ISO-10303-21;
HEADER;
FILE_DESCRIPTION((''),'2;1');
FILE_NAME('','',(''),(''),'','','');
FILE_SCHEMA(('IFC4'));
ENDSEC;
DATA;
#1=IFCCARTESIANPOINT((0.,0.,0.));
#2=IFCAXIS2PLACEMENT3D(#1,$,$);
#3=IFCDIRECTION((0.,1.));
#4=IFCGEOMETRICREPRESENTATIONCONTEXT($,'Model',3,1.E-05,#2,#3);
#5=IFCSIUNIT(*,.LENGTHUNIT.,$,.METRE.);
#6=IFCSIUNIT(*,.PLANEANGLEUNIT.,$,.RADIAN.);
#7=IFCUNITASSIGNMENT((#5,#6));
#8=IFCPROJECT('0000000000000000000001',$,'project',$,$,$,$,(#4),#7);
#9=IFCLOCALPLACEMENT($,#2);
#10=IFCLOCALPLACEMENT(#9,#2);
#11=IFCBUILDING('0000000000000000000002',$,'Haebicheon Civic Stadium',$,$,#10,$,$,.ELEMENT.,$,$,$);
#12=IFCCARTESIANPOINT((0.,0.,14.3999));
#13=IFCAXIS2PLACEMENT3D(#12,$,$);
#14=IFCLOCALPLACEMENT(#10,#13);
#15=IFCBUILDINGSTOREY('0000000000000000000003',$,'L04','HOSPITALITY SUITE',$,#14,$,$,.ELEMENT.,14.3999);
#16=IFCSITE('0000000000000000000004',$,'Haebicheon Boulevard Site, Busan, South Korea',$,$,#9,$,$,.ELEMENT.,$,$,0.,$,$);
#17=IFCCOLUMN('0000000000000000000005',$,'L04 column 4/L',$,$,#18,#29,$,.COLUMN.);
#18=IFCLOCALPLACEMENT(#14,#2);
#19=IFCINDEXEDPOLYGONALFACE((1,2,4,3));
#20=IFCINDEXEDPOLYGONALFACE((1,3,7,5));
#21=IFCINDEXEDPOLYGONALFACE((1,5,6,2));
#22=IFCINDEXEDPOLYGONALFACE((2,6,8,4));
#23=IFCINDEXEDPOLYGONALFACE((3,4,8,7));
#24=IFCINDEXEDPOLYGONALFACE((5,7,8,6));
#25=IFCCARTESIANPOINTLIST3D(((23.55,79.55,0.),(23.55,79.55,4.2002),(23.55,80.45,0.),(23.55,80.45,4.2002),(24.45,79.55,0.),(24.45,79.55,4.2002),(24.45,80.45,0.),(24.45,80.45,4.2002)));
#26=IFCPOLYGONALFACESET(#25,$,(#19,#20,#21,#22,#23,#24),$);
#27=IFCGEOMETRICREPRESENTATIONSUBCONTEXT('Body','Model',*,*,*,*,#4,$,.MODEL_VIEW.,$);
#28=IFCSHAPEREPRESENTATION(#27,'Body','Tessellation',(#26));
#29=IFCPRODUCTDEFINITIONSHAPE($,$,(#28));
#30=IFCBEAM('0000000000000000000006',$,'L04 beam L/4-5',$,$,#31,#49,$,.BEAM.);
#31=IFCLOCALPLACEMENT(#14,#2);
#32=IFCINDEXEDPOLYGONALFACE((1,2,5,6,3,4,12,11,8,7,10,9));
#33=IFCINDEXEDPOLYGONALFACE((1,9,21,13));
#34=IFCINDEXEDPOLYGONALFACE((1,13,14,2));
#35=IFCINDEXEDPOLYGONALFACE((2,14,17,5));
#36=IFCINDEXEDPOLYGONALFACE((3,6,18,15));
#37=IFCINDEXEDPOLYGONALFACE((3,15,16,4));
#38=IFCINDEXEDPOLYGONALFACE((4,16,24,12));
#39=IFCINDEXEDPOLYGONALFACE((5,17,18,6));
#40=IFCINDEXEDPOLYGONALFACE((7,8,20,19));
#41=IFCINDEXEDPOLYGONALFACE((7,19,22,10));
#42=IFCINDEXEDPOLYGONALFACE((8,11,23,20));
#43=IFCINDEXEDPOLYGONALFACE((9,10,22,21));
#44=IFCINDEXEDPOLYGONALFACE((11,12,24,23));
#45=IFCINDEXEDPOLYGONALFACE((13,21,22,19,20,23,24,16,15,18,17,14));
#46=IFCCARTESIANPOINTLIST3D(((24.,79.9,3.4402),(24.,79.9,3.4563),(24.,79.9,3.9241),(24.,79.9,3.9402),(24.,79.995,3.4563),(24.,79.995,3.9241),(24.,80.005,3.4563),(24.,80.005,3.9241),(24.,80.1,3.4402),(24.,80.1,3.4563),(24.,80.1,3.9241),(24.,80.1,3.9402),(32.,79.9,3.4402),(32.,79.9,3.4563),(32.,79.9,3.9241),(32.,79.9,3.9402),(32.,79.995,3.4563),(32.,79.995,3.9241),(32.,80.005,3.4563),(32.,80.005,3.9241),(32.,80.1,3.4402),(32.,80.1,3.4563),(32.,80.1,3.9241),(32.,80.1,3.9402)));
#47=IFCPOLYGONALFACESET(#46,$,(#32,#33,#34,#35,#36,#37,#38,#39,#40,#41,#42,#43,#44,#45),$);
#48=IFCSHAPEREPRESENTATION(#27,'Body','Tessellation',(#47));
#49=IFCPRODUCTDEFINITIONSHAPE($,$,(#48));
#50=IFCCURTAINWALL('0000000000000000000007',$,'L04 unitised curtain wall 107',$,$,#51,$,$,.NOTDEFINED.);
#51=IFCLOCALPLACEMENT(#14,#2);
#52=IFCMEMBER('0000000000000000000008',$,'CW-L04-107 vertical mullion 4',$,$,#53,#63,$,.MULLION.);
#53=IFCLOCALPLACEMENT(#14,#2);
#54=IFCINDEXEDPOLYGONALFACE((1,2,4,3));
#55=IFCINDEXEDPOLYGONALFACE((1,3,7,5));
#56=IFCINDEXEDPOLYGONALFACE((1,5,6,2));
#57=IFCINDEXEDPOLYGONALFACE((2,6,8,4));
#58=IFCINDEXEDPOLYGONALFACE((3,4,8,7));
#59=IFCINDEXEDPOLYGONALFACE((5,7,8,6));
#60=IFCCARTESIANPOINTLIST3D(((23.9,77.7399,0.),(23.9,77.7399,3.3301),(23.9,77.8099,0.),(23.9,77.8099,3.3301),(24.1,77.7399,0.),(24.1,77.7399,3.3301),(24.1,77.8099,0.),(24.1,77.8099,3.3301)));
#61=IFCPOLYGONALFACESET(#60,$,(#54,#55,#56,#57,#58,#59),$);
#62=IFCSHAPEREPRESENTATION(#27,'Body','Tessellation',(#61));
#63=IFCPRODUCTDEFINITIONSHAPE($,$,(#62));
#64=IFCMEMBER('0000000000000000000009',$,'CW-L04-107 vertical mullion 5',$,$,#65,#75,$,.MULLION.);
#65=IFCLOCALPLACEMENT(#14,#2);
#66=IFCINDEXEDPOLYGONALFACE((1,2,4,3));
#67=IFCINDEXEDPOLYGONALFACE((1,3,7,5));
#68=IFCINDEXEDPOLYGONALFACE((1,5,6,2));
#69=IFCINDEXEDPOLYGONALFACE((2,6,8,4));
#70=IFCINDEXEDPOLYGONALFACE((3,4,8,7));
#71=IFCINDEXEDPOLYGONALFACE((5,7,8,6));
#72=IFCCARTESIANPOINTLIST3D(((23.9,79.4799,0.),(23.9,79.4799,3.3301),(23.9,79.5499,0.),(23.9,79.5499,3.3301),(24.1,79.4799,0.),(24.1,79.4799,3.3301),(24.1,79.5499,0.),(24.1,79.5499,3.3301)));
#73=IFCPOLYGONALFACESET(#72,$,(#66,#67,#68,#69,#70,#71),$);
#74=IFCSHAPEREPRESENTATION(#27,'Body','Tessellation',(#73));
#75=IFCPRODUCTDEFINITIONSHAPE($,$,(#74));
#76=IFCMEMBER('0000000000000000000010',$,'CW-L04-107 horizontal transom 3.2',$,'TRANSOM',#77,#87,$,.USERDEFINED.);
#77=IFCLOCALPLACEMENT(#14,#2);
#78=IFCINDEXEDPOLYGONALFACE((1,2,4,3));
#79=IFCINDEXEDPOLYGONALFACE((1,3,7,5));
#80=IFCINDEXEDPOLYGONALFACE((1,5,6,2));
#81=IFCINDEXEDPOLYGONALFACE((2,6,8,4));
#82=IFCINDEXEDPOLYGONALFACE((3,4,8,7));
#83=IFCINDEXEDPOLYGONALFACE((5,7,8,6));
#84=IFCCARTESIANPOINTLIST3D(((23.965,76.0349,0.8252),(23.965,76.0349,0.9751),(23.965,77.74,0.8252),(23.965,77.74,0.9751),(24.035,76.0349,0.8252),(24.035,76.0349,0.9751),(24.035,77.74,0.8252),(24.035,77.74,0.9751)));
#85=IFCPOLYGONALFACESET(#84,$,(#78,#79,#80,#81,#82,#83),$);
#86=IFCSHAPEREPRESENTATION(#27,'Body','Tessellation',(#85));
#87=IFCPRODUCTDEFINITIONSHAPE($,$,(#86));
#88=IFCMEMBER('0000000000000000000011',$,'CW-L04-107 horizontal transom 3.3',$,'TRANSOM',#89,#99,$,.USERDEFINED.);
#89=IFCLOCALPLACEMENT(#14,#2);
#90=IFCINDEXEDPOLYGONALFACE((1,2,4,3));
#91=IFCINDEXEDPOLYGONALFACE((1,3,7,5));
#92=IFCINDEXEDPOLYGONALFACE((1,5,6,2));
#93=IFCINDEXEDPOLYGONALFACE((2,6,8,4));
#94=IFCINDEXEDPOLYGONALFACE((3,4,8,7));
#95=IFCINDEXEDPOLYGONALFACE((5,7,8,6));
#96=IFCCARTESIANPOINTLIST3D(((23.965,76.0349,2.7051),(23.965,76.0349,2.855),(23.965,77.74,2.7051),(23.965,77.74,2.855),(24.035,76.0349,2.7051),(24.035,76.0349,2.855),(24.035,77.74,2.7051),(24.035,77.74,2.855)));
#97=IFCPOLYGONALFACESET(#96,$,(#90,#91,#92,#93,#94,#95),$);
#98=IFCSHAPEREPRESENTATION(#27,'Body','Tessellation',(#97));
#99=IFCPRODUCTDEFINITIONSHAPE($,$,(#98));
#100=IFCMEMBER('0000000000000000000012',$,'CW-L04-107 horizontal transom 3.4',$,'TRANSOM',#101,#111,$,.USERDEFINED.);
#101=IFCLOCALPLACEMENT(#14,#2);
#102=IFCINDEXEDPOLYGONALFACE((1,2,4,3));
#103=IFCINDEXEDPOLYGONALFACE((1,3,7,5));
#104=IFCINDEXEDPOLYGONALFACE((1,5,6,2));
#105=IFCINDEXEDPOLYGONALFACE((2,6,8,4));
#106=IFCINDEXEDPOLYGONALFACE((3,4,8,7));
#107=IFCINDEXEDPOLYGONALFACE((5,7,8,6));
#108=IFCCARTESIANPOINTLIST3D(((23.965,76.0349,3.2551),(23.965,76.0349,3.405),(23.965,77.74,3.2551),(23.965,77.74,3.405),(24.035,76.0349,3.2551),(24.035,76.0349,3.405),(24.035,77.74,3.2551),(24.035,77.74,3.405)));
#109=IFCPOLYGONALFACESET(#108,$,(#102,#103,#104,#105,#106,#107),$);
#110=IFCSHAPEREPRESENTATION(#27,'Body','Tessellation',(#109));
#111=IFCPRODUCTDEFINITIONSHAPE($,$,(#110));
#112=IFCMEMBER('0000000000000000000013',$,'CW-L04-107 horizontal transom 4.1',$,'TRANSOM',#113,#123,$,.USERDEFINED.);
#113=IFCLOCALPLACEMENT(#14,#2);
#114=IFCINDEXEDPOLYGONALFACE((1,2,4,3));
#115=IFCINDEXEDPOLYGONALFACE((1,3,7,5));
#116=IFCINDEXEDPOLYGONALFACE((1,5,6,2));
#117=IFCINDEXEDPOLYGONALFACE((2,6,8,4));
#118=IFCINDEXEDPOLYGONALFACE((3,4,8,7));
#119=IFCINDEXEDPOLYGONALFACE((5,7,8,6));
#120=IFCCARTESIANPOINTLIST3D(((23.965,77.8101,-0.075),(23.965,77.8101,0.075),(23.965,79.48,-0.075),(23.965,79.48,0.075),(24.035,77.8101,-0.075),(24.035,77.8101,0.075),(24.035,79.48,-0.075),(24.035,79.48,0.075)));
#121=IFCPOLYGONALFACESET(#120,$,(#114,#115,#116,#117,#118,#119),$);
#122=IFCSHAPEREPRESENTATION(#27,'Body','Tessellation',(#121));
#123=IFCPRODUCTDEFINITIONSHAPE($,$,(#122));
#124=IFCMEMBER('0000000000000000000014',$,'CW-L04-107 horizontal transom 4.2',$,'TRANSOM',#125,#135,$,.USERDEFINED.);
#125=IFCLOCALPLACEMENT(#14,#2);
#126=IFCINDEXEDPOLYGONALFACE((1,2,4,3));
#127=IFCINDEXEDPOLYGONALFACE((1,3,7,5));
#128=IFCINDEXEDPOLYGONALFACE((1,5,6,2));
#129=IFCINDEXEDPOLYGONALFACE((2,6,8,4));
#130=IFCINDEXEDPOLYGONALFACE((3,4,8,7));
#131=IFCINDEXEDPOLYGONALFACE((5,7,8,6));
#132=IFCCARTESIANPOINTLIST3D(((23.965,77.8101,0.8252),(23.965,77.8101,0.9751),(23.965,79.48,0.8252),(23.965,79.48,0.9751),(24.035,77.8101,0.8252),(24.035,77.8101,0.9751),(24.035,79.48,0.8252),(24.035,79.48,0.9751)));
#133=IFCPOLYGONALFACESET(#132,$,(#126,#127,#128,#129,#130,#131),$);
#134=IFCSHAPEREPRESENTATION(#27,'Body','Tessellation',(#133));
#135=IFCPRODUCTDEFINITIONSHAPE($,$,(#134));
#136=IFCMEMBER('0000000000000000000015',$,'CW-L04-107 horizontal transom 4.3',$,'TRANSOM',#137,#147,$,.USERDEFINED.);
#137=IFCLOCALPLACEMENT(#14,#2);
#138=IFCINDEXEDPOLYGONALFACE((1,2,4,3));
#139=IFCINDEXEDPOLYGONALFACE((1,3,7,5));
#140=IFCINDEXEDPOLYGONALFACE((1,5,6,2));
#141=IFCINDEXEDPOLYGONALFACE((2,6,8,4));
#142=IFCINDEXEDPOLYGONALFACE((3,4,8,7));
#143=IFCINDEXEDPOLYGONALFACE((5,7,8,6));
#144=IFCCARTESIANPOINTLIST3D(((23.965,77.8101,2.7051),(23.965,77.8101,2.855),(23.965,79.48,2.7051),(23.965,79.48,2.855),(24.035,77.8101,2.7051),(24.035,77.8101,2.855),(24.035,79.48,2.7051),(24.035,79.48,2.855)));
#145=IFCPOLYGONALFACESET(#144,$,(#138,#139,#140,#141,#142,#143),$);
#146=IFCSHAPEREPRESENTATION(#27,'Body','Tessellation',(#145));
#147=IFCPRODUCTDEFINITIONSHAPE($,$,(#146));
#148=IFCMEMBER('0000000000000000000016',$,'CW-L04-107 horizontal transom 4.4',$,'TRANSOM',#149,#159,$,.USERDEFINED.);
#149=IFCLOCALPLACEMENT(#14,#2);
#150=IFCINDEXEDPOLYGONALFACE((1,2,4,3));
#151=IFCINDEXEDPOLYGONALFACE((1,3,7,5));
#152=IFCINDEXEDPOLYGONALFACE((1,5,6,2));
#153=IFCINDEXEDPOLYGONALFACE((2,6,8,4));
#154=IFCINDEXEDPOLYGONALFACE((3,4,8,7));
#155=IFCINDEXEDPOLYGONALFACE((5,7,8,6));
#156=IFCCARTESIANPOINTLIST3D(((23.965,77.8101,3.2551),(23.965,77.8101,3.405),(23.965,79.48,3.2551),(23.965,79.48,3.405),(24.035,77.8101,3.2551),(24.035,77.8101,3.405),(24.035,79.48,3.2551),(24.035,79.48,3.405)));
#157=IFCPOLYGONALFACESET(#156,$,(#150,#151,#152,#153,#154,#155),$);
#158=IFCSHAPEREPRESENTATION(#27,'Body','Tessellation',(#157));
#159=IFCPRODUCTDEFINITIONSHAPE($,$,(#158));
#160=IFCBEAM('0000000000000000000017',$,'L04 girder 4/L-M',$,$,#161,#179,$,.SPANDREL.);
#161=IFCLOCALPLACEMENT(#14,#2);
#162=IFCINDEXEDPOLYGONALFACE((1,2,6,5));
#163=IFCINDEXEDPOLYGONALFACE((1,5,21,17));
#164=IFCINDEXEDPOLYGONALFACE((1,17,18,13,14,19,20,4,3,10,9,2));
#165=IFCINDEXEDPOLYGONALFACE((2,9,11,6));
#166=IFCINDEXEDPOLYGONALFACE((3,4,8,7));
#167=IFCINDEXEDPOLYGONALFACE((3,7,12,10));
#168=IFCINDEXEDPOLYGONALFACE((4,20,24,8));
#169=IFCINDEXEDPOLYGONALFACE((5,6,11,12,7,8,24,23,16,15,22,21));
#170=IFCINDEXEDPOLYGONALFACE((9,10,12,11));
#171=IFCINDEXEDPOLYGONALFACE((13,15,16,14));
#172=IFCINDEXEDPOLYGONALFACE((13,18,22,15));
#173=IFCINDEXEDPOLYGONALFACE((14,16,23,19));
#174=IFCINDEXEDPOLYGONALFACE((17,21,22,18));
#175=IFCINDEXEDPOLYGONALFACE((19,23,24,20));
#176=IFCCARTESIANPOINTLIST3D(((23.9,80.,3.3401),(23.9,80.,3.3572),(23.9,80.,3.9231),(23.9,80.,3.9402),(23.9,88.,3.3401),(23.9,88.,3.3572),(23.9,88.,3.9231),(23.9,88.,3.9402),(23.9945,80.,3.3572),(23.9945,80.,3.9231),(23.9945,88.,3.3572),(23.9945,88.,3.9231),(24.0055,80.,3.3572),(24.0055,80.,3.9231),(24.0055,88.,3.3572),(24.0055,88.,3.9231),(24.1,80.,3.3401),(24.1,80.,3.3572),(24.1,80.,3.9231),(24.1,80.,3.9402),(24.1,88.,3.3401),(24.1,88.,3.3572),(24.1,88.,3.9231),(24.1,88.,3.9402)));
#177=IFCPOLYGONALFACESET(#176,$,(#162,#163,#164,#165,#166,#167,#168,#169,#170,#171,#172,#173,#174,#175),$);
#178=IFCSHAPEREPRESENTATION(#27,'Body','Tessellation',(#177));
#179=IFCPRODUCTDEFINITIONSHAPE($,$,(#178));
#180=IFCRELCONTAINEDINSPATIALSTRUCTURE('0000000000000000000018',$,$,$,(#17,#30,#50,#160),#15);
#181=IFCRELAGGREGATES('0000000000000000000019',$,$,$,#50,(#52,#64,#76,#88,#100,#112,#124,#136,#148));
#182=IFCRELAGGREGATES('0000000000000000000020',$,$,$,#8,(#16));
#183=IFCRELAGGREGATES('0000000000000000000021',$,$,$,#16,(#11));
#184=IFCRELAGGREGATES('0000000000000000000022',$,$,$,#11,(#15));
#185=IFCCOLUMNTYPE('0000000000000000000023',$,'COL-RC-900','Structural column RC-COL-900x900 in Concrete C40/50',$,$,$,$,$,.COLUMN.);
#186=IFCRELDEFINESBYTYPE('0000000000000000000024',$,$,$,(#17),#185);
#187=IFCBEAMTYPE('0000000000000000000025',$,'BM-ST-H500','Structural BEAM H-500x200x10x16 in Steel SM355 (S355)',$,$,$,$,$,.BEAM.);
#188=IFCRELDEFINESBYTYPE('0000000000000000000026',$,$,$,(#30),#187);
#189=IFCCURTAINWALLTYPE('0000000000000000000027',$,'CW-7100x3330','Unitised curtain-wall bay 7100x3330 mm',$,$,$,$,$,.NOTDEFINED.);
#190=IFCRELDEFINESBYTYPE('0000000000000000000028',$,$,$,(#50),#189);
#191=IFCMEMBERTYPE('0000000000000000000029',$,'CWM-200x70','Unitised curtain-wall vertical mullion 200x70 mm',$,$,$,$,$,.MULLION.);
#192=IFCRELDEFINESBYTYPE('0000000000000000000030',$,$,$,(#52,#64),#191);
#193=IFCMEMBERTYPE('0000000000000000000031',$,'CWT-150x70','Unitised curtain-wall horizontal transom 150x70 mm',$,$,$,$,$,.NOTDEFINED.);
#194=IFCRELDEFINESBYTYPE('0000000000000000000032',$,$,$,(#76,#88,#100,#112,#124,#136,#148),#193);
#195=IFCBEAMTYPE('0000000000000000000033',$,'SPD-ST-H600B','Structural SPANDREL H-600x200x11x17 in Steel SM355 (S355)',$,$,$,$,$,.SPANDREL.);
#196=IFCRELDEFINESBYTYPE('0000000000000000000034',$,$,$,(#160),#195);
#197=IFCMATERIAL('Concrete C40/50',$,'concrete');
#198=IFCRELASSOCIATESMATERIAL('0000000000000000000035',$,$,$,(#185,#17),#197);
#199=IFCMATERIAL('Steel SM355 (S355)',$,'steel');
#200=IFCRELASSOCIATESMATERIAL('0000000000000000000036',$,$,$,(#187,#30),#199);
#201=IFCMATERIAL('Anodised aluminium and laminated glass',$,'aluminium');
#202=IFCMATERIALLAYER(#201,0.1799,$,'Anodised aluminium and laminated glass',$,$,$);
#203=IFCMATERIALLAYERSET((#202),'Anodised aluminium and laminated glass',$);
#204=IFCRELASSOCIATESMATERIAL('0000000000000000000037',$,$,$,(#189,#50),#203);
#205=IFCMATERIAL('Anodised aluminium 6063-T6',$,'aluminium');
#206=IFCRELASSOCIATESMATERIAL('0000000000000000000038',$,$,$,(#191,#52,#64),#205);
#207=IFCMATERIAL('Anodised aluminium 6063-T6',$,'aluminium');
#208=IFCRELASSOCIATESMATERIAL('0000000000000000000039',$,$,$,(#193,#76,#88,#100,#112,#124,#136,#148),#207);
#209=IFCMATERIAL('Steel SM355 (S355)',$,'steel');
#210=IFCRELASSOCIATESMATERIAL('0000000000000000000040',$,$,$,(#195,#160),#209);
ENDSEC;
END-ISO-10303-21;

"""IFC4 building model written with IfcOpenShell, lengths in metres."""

from ifc_helpers import new_model, si_unit, direction, frame, origin, origin_2d, place, context, subcontext, project, spatial, rectangle, i_section, extrude, material, layer, layer_set, material_profile, profile_set, type_object, element, aggregate, save


model = new_model("IFC4")

# Units and contexts
model_context = context("Model", 3, precision=1e-05, world=origin(), true_north=direction((0.0, 1.0)))
body_context = subcontext(model_context, "Body", "Model", "MODEL_VIEW")
ifc_project = project(units=[si_unit("LENGTHUNIT", "METRE"), si_unit("PLANEANGLEUNIT", "RADIAN")], contexts=[model_context])

# Site, building, storey
site_placement = place(None, origin())
site = spatial("IfcSite", under=ifc_project, at=site_placement, Name="Haebicheon Boulevard Site, Busan, South Korea", CompositionType="ELEMENT", RefElevation=0.0)
building_placement = place(site_placement, origin())
building = spatial("IfcBuilding", under=site, at=building_placement, Name="Haebicheon Civic Stadium", CompositionType="ELEMENT")
storey_placement = place(building_placement, frame((0.0, 0.0, 14.3999)))
storey = spatial("IfcBuildingStorey", under=building, at=storey_placement, Name="L04", Description="HOSPITALITY SUITE", CompositionType="ELEMENT", Elevation=14.3999)

# Column
ifc_material_1 = material(Name="Concrete C40/50", Category="concrete")
ifc_material_profile_1 = material_profile(ifc_material_1, rectangle(XDim=0.8999, YDim=0.8999, at=origin_2d()), Name="RC-COL-900x900")
ifc_profile_set_1 = profile_set([ifc_material_profile_1], Name="Concrete C40/50")
column_type = type_object("IfcColumnType", Name="COL-RC-900", Description="Structural column RC-COL-900x900 in Concrete C40/50", PredefinedType="COLUMN", material=ifc_profile_set_1)
column_placement = place(storey_placement, frame((24.0, 80.0, 0.0), z_axis=(0.0, 0.0, 1.0), x_axis=(1.0, 0.0, 0.0)))
element("IfcColumn", 1, at=column_placement, inside=storey, type_object=column_type, material=ifc_profile_set_1, Name="L04 column 4/L", PredefinedType="COLUMN", context=body_context, shape_type="SweptSolid", body=[
    extrude(rectangle(XDim=0.8999, YDim=0.8999, at=origin_2d()), origin(), (0.0, 0.0, 1.0), 4.2002),
])

# Beam
ifc_material_2 = material(Name="Steel SM355 (S355)", Category="steel")
ifc_material_profile_2 = material_profile(ifc_material_2, i_section(OverallWidth=0.2, OverallDepth=0.5, WebThickness=0.01, FlangeThickness=0.0161, at=origin_2d()), Name="H-500x200x10x16")
ifc_profile_set_2 = profile_set([ifc_material_profile_2], Name="Steel SM355 (S355)")
beam_type_1 = type_object("IfcBeamType", Name="BM-ST-H500", Description="Structural BEAM H-500x200x10x16 in Steel SM355 (S355)", PredefinedType="BEAM", material=ifc_profile_set_2)
beam_1_placement = place(storey_placement, frame((24.0, 80.0, 3.6902), z_axis=(1.0, 0.0, 0.0), x_axis=(0.0, 1.0, 0.0)))
element("IfcBeam", 2, at=beam_1_placement, inside=storey, type_object=beam_type_1, material=ifc_profile_set_2, Name="L04 beam L/4-5", PredefinedType="BEAM", context=body_context, shape_type="SweptSolid", body=[
    extrude(i_section(OverallWidth=0.2, OverallDepth=0.5, WebThickness=0.01, FlangeThickness=0.0161, at=origin_2d()), origin(), (0.0, 0.0, 1.0), 8.0),
])

# Curtain wall, members
ifc_material_3 = material(Name="Anodised aluminium and laminated glass", Category="aluminium")
ifc_layer_1 = layer(ifc_material_3, 0.1799, Name="Anodised aluminium and laminated glass")
ifc_layer_set_1 = layer_set([ifc_layer_1], Name="Anodised aluminium and laminated glass")
curtain_wall_type = type_object("IfcCurtainWallType", Name="CW-7100x3330", Description="Unitised curtain-wall bay 7100x3330 mm", PredefinedType="NOTDEFINED", material=ifc_layer_set_1)
curtain_wall_placement = place(storey_placement, origin())
curtain_wall = element("IfcCurtainWall", 3, at=curtain_wall_placement, inside=storey, type_object=curtain_wall_type, material=ifc_layer_set_1, Name="L04 unitised curtain wall 107", PredefinedType="NOTDEFINED")
ifc_material_4 = material(Name="Anodised aluminium 6063-T6", Category="aluminium")
ifc_material_profile_3 = material_profile(ifc_material_4, rectangle(XDim=0.0701, YDim=0.2, at=origin_2d()), Name="ALU-MULL-70x200")
ifc_profile_set_3 = profile_set([ifc_material_profile_3], Name="Anodised aluminium 6063-T6")
member_type_1 = type_object("IfcMemberType", Name="CWM-200x70", Description="Unitised curtain-wall vertical mullion 200x70 mm", PredefinedType="MULLION", material=ifc_profile_set_3)
member_1_placement = place(storey_placement, frame((24.0, 77.7749, 0.0), z_axis=(0.0, 0.0, 1.0), x_axis=(0.0, 1.0, 0.0)))
member_1 = element("IfcMember", 4, at=member_1_placement, type_object=member_type_1, material=ifc_profile_set_3, Name="CW-L04-107 vertical mullion 4", PredefinedType="MULLION", context=body_context, shape_type="SweptSolid", body=[
    extrude(rectangle(XDim=0.0701, YDim=0.2, at=origin_2d()), origin(), (0.0, 0.0, 1.0), 3.3301),
])
member_2_placement = place(storey_placement, frame((24.0, 79.5149, 0.0), z_axis=(0.0, 0.0, 1.0), x_axis=(0.0, 1.0, 0.0)))
member_2 = element("IfcMember", 5, at=member_2_placement, type_object=member_type_1, material=ifc_profile_set_3, Name="CW-L04-107 vertical mullion 5", PredefinedType="MULLION", context=body_context, shape_type="SweptSolid", body=[
    extrude(rectangle(XDim=0.0701, YDim=0.2, at=origin_2d()), origin(), (0.0, 0.0, 1.0), 3.3301),
])
ifc_material_5 = material(Name="Anodised aluminium 6063-T6", Category="aluminium")
ifc_material_profile_4 = material_profile(ifc_material_5, rectangle(XDim=0.0701, YDim=0.1499, at=origin_2d()), Name="ALU-TRAN-70x150")
ifc_profile_set_4 = profile_set([ifc_material_profile_4], Name="Anodised aluminium 6063-T6")
member_type_2 = type_object("IfcMemberType", Name="CWT-150x70", Description="Unitised curtain-wall horizontal transom 150x70 mm", PredefinedType="NOTDEFINED", material=ifc_profile_set_4)
member_3_placement = place(storey_placement, frame((24.0, 76.0349, 0.9001), z_axis=(0.0, 1.0, 0.0), x_axis=(-1.0, 0.0, 0.0)))
member_3 = element("IfcMember", 6, at=member_3_placement, type_object=member_type_2, material=ifc_profile_set_4, Name="CW-L04-107 horizontal transom 3.2", ObjectType="TRANSOM", PredefinedType="USERDEFINED", context=body_context, shape_type="SweptSolid", body=[
    extrude(rectangle(XDim=0.0701, YDim=0.1499, at=origin_2d()), origin(), (0.0, 0.0, 1.0), 1.7051),
])
member_4_placement = place(storey_placement, frame((24.0, 76.0349, 2.78), z_axis=(0.0, 1.0, 0.0), x_axis=(-1.0, 0.0, 0.0)))
member_4 = element("IfcMember", 7, at=member_4_placement, type_object=member_type_2, material=ifc_profile_set_4, Name="CW-L04-107 horizontal transom 3.3", ObjectType="TRANSOM", PredefinedType="USERDEFINED", context=body_context, shape_type="SweptSolid", body=[
    extrude(rectangle(XDim=0.0701, YDim=0.1499, at=origin_2d()), origin(), (0.0, 0.0, 1.0), 1.7051),
])
member_5_placement = place(storey_placement, frame((24.0, 76.0349, 3.3301), z_axis=(0.0, 1.0, 0.0), x_axis=(-1.0, 0.0, 0.0)))
member_5 = element("IfcMember", 8, at=member_5_placement, type_object=member_type_2, material=ifc_profile_set_4, Name="CW-L04-107 horizontal transom 3.4", ObjectType="TRANSOM", PredefinedType="USERDEFINED", context=body_context, shape_type="SweptSolid", body=[
    extrude(rectangle(XDim=0.0701, YDim=0.1499, at=origin_2d()), origin(), (0.0, 0.0, 1.0), 1.7051),
])
member_6_placement = place(storey_placement, frame((24.0, 77.8101, 0.0), z_axis=(0.0, 1.0, 0.0), x_axis=(-1.0, 0.0, 0.0)))
member_6 = element("IfcMember", 9, at=member_6_placement, type_object=member_type_2, material=ifc_profile_set_4, Name="CW-L04-107 horizontal transom 4.1", ObjectType="TRANSOM", PredefinedType="USERDEFINED", context=body_context, shape_type="SweptSolid", body=[
    extrude(rectangle(XDim=0.0701, YDim=0.1499, at=origin_2d()), origin(), (0.0, 0.0, 1.0), 1.6699),
])
member_7_placement = place(storey_placement, frame((24.0, 77.8101, 0.9001), z_axis=(0.0, 1.0, 0.0), x_axis=(-1.0, 0.0, 0.0)))
member_7 = element("IfcMember", 10, at=member_7_placement, type_object=member_type_2, material=ifc_profile_set_4, Name="CW-L04-107 horizontal transom 4.2", ObjectType="TRANSOM", PredefinedType="USERDEFINED", context=body_context, shape_type="SweptSolid", body=[
    extrude(rectangle(XDim=0.0701, YDim=0.1499, at=origin_2d()), origin(), (0.0, 0.0, 1.0), 1.6699),
])
member_8_placement = place(storey_placement, frame((24.0, 77.8101, 2.78), z_axis=(0.0, 1.0, 0.0), x_axis=(-1.0, 0.0, 0.0)))
member_8 = element("IfcMember", 11, at=member_8_placement, type_object=member_type_2, material=ifc_profile_set_4, Name="CW-L04-107 horizontal transom 4.3", ObjectType="TRANSOM", PredefinedType="USERDEFINED", context=body_context, shape_type="SweptSolid", body=[
    extrude(rectangle(XDim=0.0701, YDim=0.1499, at=origin_2d()), origin(), (0.0, 0.0, 1.0), 1.6699),
])
member_9_placement = place(storey_placement, frame((24.0, 77.8101, 3.3301), z_axis=(0.0, 1.0, 0.0), x_axis=(-1.0, 0.0, 0.0)))
member_9 = element("IfcMember", 12, at=member_9_placement, type_object=member_type_2, material=ifc_profile_set_4, Name="CW-L04-107 horizontal transom 4.4", ObjectType="TRANSOM", PredefinedType="USERDEFINED", context=body_context, shape_type="SweptSolid", body=[
    extrude(rectangle(XDim=0.0701, YDim=0.1499, at=origin_2d()), origin(), (0.0, 0.0, 1.0), 1.6699),
])

# Beam
ifc_material_6 = material(Name="Steel SM355 (S355)", Category="steel")
ifc_material_profile_5 = material_profile(ifc_material_6, i_section(OverallWidth=0.2, OverallDepth=0.6001, WebThickness=0.011, FlangeThickness=0.0171, at=origin_2d()), Name="H-600x200x11x17")
ifc_profile_set_5 = profile_set([ifc_material_profile_5], Name="Steel SM355 (S355)")
beam_type_2 = type_object("IfcBeamType", Name="SPD-ST-H600B", Description="Structural SPANDREL H-600x200x11x17 in Steel SM355 (S355)", PredefinedType="SPANDREL", material=ifc_profile_set_5)
beam_2_placement = place(storey_placement, frame((24.0, 80.0, 3.6401), z_axis=(0.0, 1.0, 0.0), x_axis=(-1.0, 0.0, 0.0)))
element("IfcBeam", 13, at=beam_2_placement, inside=storey, type_object=beam_type_2, material=ifc_profile_set_5, Name="L04 girder 4/L-M", PredefinedType="SPANDREL", context=body_context, shape_type="SweptSolid", body=[
    extrude(i_section(OverallWidth=0.2, OverallDepth=0.6001, WebThickness=0.011, FlangeThickness=0.0171, at=origin_2d()), origin(), (0.0, 0.0, 1.0), 8.0),
])

aggregate(curtain_wall, [member_1, member_2, member_3, member_4, member_5, member_6, member_7, member_8, member_9])

save(model, "model.ifc")
